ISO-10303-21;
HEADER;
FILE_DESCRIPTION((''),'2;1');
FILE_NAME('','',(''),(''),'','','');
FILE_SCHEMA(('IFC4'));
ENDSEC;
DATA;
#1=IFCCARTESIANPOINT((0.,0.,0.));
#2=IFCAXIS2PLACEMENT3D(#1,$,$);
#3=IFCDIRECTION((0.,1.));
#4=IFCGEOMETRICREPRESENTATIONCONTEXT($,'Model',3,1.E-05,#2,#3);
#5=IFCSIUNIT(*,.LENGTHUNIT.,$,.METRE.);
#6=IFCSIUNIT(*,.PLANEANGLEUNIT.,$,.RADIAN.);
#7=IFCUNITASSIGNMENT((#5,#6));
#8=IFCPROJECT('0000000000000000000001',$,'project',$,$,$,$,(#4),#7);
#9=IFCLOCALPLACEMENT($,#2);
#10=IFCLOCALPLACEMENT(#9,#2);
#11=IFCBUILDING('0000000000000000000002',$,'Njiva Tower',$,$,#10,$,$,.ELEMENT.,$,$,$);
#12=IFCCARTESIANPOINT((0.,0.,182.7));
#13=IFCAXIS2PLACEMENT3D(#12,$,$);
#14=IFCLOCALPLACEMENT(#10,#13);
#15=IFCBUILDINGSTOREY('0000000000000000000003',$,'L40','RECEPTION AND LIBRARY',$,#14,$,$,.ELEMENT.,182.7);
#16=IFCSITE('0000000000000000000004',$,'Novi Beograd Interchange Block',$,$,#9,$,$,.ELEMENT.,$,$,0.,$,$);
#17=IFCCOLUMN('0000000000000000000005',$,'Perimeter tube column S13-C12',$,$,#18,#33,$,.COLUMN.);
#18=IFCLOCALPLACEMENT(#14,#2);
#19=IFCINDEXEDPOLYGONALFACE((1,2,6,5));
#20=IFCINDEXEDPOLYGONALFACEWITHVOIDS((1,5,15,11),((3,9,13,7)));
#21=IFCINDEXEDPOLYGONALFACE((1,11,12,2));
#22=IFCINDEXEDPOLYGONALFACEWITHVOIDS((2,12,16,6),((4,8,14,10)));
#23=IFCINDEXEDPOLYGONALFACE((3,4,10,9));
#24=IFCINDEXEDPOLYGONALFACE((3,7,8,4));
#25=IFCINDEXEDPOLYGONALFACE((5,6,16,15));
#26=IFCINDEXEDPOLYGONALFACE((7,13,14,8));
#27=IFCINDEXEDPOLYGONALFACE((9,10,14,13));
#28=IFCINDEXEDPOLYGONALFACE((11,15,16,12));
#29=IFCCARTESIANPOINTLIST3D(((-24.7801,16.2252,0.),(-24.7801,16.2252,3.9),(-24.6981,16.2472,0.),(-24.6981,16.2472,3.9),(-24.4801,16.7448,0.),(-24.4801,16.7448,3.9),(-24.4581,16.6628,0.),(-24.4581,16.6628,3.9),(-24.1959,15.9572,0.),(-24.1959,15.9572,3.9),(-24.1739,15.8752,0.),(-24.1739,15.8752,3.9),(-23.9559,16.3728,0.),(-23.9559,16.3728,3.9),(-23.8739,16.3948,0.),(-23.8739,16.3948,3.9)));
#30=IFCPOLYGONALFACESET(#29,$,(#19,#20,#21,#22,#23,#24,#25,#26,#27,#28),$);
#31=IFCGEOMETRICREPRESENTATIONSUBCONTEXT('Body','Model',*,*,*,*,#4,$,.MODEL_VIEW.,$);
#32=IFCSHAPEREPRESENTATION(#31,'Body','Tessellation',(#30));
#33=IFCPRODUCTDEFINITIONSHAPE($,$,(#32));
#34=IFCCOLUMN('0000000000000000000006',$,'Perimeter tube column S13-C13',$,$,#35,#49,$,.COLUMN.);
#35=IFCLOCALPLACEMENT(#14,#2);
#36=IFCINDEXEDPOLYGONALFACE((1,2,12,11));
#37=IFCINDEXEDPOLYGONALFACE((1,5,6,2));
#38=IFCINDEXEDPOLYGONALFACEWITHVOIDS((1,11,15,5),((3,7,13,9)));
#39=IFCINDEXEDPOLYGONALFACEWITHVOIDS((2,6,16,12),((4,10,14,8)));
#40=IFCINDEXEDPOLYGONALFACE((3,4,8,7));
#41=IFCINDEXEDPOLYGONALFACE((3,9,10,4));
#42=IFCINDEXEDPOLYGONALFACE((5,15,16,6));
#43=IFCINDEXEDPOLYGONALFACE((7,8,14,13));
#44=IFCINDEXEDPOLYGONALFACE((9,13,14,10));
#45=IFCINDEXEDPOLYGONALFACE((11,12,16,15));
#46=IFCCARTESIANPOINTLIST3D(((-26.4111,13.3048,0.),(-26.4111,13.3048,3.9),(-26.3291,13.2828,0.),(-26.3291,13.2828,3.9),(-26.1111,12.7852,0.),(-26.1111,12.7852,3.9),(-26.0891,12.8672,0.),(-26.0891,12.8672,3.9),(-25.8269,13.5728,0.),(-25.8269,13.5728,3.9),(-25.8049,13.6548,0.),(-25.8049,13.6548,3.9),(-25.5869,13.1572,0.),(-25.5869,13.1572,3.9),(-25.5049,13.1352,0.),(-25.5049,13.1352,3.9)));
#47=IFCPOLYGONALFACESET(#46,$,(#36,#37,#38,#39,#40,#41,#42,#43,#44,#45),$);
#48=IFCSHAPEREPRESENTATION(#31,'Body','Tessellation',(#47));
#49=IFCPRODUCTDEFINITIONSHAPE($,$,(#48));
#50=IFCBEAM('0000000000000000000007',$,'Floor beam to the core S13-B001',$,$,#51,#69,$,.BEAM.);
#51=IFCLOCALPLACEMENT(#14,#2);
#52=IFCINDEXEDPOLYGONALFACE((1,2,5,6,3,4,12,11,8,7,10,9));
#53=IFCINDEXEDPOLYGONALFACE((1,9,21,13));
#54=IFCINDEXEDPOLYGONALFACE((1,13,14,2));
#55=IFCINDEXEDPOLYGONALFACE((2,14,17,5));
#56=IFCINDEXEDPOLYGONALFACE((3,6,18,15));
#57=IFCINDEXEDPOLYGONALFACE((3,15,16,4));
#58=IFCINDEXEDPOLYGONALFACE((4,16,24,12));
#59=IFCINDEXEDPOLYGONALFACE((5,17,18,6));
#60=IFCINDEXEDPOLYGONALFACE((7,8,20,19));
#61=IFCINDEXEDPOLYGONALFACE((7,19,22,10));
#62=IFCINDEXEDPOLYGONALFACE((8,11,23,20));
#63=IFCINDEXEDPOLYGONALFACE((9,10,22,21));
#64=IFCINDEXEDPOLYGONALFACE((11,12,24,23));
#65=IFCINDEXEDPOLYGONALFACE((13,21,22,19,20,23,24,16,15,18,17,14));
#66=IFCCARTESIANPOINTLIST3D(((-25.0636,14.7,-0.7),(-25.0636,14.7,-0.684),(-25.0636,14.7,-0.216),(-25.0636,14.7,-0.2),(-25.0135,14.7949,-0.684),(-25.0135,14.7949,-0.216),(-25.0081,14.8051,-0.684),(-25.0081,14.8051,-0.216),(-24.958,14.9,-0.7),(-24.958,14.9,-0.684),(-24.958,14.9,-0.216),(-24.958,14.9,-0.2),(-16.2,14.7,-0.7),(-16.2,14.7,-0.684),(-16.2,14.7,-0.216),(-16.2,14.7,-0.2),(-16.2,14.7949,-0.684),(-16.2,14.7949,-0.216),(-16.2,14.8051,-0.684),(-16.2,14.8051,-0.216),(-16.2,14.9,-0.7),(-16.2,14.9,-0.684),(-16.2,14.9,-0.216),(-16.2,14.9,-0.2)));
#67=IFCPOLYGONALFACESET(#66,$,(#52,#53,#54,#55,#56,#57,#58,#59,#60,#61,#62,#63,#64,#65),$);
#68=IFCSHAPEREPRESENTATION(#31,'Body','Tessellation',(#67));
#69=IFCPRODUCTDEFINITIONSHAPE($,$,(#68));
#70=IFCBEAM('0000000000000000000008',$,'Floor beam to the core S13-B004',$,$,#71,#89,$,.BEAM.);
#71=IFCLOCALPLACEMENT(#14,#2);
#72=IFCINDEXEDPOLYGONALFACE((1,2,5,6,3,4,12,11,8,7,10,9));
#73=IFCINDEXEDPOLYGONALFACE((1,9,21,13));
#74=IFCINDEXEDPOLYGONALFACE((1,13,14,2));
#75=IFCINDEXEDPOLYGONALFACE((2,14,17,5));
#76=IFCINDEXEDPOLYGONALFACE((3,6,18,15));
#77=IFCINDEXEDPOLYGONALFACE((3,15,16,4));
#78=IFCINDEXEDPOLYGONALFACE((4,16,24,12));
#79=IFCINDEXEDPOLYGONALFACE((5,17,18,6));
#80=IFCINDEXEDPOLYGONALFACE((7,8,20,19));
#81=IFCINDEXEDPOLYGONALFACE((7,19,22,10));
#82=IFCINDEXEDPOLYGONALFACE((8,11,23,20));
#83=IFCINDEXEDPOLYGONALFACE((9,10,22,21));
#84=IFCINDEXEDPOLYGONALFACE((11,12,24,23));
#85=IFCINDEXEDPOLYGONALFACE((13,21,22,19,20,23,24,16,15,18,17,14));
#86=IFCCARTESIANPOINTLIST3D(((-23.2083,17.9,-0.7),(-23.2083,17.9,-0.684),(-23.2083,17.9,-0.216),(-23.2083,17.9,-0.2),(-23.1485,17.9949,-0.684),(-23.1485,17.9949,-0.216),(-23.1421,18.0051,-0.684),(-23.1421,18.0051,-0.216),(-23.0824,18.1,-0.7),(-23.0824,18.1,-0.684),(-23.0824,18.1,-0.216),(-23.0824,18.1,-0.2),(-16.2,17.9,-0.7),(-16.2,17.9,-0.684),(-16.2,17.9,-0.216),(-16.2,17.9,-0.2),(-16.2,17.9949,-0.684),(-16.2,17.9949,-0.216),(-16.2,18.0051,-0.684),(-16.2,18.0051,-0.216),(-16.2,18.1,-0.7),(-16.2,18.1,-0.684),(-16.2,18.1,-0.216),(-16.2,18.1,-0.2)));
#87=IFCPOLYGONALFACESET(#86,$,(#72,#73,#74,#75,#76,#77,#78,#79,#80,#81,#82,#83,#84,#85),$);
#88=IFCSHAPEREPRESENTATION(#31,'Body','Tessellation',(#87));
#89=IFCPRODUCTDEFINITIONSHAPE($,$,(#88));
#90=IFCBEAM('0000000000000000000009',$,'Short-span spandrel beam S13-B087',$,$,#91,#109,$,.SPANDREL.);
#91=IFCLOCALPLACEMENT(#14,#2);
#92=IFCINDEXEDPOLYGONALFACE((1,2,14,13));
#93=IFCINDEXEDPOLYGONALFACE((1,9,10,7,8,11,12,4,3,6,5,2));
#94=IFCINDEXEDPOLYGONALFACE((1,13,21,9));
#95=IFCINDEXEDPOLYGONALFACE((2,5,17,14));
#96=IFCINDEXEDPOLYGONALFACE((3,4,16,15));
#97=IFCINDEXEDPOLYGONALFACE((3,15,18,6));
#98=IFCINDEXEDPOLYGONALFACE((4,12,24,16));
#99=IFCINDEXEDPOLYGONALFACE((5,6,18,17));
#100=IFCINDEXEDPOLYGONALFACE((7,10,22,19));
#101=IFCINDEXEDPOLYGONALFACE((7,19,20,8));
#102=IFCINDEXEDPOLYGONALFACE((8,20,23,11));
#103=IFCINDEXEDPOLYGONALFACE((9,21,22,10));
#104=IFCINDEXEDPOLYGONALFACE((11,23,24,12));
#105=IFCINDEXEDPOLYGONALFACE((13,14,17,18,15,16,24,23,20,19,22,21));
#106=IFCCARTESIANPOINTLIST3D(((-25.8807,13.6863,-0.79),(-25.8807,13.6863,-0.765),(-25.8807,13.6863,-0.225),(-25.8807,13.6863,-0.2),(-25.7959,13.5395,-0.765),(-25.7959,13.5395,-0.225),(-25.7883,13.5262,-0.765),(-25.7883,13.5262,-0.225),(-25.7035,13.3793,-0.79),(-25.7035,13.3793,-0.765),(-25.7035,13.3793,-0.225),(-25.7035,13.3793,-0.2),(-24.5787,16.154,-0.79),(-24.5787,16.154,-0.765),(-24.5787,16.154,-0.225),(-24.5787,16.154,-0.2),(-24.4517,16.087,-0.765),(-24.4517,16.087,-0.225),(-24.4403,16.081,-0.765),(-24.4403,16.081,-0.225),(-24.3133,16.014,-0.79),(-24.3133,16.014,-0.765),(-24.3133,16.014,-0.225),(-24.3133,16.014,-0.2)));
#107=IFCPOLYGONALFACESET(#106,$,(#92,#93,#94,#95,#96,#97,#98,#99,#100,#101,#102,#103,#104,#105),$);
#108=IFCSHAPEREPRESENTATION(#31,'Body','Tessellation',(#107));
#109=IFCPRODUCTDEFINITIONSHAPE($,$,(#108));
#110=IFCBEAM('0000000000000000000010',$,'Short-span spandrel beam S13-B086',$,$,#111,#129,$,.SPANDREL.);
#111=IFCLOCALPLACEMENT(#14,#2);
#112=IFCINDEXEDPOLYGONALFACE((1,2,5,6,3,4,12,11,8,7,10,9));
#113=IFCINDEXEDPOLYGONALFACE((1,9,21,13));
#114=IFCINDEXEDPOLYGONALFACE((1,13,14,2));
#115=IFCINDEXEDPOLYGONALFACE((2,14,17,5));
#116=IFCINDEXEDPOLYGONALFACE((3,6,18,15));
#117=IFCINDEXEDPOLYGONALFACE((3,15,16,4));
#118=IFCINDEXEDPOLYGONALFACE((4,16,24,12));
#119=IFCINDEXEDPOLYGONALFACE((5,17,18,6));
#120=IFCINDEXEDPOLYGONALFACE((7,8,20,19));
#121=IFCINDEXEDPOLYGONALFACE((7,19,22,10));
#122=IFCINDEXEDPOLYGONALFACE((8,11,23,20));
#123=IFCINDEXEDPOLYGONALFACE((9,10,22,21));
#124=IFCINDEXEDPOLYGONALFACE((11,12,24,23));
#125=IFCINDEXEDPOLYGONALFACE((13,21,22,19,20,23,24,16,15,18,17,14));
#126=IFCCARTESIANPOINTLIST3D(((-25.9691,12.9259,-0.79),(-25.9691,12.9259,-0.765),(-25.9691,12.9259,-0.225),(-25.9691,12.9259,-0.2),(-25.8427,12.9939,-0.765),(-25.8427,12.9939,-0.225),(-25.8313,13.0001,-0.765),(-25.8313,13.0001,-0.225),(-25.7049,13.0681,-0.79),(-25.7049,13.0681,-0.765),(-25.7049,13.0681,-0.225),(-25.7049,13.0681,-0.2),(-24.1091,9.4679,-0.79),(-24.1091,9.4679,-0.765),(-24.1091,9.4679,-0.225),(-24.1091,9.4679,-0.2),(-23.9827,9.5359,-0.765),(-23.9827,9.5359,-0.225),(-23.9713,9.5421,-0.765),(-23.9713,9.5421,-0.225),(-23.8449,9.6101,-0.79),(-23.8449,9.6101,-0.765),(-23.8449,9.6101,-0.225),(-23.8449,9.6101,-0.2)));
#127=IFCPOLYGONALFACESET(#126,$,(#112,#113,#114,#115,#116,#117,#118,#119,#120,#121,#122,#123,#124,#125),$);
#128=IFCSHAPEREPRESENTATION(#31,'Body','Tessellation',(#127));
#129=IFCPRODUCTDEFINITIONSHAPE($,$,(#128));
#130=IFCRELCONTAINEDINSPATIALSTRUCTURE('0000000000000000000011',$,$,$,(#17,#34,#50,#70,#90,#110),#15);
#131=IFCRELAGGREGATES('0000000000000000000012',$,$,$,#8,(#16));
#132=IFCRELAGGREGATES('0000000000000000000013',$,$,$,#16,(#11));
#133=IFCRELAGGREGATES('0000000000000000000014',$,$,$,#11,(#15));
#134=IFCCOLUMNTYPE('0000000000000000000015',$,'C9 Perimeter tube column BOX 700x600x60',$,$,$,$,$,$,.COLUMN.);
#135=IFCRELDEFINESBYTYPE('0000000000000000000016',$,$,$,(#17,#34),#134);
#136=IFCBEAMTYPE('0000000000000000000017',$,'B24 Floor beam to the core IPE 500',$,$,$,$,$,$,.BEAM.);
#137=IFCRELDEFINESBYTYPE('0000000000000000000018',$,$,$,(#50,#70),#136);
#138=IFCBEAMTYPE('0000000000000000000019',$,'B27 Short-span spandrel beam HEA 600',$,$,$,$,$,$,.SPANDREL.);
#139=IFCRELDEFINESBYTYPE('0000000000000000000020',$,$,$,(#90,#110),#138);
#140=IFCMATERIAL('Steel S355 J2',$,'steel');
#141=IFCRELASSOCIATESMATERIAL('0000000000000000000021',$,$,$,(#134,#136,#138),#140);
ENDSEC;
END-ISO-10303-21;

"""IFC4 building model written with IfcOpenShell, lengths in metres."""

from ifc_helpers import new_model, si_unit, direction, frame, origin, origin_2d, place, context, subcontext, project, spatial, hollow_rectangle, i_section, extrude, clip, halfspace, material, material_profile, profile_set, type_object, element, save


model = new_model("IFC4")

# Units and contexts
model_context = context("Model", 3, precision=1e-05, world=origin(), true_north=direction((0.0, 1.0)))
body_context = subcontext(model_context, "Body", "Model", "MODEL_VIEW")
ifc_project = project(units=[si_unit("LENGTHUNIT", "METRE"), si_unit("PLANEANGLEUNIT", "RADIAN")], contexts=[model_context])

# Site, building, storey
site_placement = place(None, origin())
site = spatial("IfcSite", under=ifc_project, at=site_placement, Name="Novi Beograd Interchange Block", CompositionType="ELEMENT", RefElevation=0.0)
building_placement = place(site_placement, origin())
building = spatial("IfcBuilding", under=site, at=building_placement, Name="Njiva Tower", CompositionType="ELEMENT")
storey_placement = place(building_placement, frame((0.0, 0.0, 182.7)))
storey = spatial("IfcBuildingStorey", under=building, at=storey_placement, Name="L40", Description="RECEPTION AND LIBRARY", CompositionType="ELEMENT", Elevation=182.7)

# Columns
ifc_material_1 = material(Name="Steel S355 J2", Category="steel")
ifc_material_profile_1 = material_profile(ifc_material_1, hollow_rectangle(XDim=0.6, YDim=0.7, WallThickness=0.06, at=origin_2d()), Name="BOX 700x600x60")
ifc_profile_set_1 = profile_set([ifc_material_profile_1], Name="Steel S355 J2")
column_type = type_object("IfcColumnType", Name="C9 Perimeter tube column BOX 700x600x60", PredefinedType="COLUMN", material=ifc_profile_set_1)
for number, where, z_axis, x_axis, name in (
    (1, (-24.327, 16.31, 0.0), (0.0, 0.0, 1.0), (-0.5, -0.866025, 0.0), "Perimeter tube column S13-C12"),
    (2, (-25.958, 13.22, 0.0), (0.0, 0.0, 1.0), (0.5, -0.866025, 0.0), "Perimeter tube column S13-C13"),
):
    element("IfcColumn", number, at=place(storey_placement, frame(where, z_axis=z_axis, x_axis=x_axis)), inside=storey, type_object=column_type, Name=name, PredefinedType="COLUMN", context=body_context, shape_type="SweptSolid", body=[
        extrude(hollow_rectangle(XDim=0.6, YDim=0.7, WallThickness=0.06, at=origin_2d()), origin(), (0.0, 0.0, 1.0), 3.9),
    ])

# Beams
ifc_material_profile_2 = material_profile(ifc_material_1, i_section(OverallWidth=0.2, OverallDepth=0.5, WebThickness=0.0102, FlangeThickness=0.016, at=origin_2d()), Name="IPE 500")
ifc_profile_set_2 = profile_set([ifc_material_profile_2], Name="Steel S355 J2")
beam_type_1 = type_object("IfcBeamType", Name="B24 Floor beam to the core IPE 500", PredefinedType="BEAM", material=ifc_profile_set_2)
beam_1_placement = place(storey_placement, frame((-25.084, 14.8, -0.45), z_axis=(1.0, 0.0, 0.0), x_axis=(0.0, 1.0, 0.0)))
element("IfcBeam", 3, at=beam_1_placement, inside=storey, type_object=beam_type_1, Name="Floor beam to the core S13-B001", PredefinedType="BEAM", context=body_context, shape_type="Clipping", body=[
    clip(extrude(i_section(OverallWidth=0.2, OverallDepth=0.5, WebThickness=0.0102, FlangeThickness=0.016, at=origin_2d()), origin(), (0.0, 0.0, 1.0), 8.884), halfspace(frame((0.0233, 0.0, 0.0855), z_axis=(0.466639, 0.0, -0.884448), x_axis=(0.0, -1.0, 0.0)), False)),
])
beam_2_placement = place(storey_placement, frame((-23.228, 18.0, -0.45), z_axis=(1.0, 0.0, 0.0), x_axis=(0.0, 1.0, 0.0)))
element("IfcBeam", 4, at=beam_2_placement, inside=storey, type_object=beam_type_1, Name="Floor beam to the core S13-B004", PredefinedType="BEAM", context=body_context, shape_type="Clipping", body=[
    clip(extrude(i_section(OverallWidth=0.2, OverallDepth=0.5, WebThickness=0.0102, FlangeThickness=0.016, at=origin_2d()), origin(), (0.0, 0.0, 1.0), 7.028), halfspace(frame((0.0266, 0.0, 0.0994), z_axis=(0.532629, 0.0, -0.846349), x_axis=(0.0, -1.0, 0.0)), False)),
])
ifc_material_profile_3 = material_profile(ifc_material_1, i_section(OverallWidth=0.3, OverallDepth=0.59, WebThickness=0.013, FlangeThickness=0.025, at=origin_2d()), Name="HEA 600")
ifc_profile_set_3 = profile_set([ifc_material_profile_3], Name="Steel S355 J2")
beam_type_2 = type_object("IfcBeamType", Name="B27 Short-span spandrel beam HEA 600", PredefinedType="SPANDREL", material=ifc_profile_set_3)
beam_3_placement = place(storey_placement, frame((-24.446, 16.084, -0.495), z_axis=(-0.466661, -0.884436, 0.0), x_axis=(0.884436, -0.466661, 0.0)))
element("IfcBeam", 5, at=beam_3_placement, inside=storey, type_object=beam_type_2, Name="Short-span spandrel beam S13-B087", PredefinedType="SPANDREL", context=body_context, shape_type="Clipping", body=[
    clip(extrude(i_section(OverallWidth=0.3, OverallDepth=0.59, WebThickness=0.013, FlangeThickness=0.025, at=origin_2d()), origin(), (0.0, 0.0, 1.0), 2.9983), halfspace(frame((-0.0269, 0.0, 2.8676), z_axis=(-0.532616, 0.0, 0.846357), x_axis=(0.0, 1.0, 0.0)), False)),
])
beam_4_placement = place(storey_placement, frame((-25.837, 12.997, -0.495), z_axis=(0.473705, -0.880684, 0.0), x_axis=(0.880684, 0.473705, 0.0)))
element("IfcBeam", 6, at=beam_4_placement, inside=storey, type_object=beam_type_2, Name="Short-span spandrel beam S13-B086", PredefinedType="SPANDREL", context=body_context, shape_type="SweptSolid", body=[
    extrude(i_section(OverallWidth=0.3, OverallDepth=0.59, WebThickness=0.013, FlangeThickness=0.025, at=origin_2d()), origin(), (0.0, 0.0, 1.0), 3.9265),
])

save(model, "model.ifc")
